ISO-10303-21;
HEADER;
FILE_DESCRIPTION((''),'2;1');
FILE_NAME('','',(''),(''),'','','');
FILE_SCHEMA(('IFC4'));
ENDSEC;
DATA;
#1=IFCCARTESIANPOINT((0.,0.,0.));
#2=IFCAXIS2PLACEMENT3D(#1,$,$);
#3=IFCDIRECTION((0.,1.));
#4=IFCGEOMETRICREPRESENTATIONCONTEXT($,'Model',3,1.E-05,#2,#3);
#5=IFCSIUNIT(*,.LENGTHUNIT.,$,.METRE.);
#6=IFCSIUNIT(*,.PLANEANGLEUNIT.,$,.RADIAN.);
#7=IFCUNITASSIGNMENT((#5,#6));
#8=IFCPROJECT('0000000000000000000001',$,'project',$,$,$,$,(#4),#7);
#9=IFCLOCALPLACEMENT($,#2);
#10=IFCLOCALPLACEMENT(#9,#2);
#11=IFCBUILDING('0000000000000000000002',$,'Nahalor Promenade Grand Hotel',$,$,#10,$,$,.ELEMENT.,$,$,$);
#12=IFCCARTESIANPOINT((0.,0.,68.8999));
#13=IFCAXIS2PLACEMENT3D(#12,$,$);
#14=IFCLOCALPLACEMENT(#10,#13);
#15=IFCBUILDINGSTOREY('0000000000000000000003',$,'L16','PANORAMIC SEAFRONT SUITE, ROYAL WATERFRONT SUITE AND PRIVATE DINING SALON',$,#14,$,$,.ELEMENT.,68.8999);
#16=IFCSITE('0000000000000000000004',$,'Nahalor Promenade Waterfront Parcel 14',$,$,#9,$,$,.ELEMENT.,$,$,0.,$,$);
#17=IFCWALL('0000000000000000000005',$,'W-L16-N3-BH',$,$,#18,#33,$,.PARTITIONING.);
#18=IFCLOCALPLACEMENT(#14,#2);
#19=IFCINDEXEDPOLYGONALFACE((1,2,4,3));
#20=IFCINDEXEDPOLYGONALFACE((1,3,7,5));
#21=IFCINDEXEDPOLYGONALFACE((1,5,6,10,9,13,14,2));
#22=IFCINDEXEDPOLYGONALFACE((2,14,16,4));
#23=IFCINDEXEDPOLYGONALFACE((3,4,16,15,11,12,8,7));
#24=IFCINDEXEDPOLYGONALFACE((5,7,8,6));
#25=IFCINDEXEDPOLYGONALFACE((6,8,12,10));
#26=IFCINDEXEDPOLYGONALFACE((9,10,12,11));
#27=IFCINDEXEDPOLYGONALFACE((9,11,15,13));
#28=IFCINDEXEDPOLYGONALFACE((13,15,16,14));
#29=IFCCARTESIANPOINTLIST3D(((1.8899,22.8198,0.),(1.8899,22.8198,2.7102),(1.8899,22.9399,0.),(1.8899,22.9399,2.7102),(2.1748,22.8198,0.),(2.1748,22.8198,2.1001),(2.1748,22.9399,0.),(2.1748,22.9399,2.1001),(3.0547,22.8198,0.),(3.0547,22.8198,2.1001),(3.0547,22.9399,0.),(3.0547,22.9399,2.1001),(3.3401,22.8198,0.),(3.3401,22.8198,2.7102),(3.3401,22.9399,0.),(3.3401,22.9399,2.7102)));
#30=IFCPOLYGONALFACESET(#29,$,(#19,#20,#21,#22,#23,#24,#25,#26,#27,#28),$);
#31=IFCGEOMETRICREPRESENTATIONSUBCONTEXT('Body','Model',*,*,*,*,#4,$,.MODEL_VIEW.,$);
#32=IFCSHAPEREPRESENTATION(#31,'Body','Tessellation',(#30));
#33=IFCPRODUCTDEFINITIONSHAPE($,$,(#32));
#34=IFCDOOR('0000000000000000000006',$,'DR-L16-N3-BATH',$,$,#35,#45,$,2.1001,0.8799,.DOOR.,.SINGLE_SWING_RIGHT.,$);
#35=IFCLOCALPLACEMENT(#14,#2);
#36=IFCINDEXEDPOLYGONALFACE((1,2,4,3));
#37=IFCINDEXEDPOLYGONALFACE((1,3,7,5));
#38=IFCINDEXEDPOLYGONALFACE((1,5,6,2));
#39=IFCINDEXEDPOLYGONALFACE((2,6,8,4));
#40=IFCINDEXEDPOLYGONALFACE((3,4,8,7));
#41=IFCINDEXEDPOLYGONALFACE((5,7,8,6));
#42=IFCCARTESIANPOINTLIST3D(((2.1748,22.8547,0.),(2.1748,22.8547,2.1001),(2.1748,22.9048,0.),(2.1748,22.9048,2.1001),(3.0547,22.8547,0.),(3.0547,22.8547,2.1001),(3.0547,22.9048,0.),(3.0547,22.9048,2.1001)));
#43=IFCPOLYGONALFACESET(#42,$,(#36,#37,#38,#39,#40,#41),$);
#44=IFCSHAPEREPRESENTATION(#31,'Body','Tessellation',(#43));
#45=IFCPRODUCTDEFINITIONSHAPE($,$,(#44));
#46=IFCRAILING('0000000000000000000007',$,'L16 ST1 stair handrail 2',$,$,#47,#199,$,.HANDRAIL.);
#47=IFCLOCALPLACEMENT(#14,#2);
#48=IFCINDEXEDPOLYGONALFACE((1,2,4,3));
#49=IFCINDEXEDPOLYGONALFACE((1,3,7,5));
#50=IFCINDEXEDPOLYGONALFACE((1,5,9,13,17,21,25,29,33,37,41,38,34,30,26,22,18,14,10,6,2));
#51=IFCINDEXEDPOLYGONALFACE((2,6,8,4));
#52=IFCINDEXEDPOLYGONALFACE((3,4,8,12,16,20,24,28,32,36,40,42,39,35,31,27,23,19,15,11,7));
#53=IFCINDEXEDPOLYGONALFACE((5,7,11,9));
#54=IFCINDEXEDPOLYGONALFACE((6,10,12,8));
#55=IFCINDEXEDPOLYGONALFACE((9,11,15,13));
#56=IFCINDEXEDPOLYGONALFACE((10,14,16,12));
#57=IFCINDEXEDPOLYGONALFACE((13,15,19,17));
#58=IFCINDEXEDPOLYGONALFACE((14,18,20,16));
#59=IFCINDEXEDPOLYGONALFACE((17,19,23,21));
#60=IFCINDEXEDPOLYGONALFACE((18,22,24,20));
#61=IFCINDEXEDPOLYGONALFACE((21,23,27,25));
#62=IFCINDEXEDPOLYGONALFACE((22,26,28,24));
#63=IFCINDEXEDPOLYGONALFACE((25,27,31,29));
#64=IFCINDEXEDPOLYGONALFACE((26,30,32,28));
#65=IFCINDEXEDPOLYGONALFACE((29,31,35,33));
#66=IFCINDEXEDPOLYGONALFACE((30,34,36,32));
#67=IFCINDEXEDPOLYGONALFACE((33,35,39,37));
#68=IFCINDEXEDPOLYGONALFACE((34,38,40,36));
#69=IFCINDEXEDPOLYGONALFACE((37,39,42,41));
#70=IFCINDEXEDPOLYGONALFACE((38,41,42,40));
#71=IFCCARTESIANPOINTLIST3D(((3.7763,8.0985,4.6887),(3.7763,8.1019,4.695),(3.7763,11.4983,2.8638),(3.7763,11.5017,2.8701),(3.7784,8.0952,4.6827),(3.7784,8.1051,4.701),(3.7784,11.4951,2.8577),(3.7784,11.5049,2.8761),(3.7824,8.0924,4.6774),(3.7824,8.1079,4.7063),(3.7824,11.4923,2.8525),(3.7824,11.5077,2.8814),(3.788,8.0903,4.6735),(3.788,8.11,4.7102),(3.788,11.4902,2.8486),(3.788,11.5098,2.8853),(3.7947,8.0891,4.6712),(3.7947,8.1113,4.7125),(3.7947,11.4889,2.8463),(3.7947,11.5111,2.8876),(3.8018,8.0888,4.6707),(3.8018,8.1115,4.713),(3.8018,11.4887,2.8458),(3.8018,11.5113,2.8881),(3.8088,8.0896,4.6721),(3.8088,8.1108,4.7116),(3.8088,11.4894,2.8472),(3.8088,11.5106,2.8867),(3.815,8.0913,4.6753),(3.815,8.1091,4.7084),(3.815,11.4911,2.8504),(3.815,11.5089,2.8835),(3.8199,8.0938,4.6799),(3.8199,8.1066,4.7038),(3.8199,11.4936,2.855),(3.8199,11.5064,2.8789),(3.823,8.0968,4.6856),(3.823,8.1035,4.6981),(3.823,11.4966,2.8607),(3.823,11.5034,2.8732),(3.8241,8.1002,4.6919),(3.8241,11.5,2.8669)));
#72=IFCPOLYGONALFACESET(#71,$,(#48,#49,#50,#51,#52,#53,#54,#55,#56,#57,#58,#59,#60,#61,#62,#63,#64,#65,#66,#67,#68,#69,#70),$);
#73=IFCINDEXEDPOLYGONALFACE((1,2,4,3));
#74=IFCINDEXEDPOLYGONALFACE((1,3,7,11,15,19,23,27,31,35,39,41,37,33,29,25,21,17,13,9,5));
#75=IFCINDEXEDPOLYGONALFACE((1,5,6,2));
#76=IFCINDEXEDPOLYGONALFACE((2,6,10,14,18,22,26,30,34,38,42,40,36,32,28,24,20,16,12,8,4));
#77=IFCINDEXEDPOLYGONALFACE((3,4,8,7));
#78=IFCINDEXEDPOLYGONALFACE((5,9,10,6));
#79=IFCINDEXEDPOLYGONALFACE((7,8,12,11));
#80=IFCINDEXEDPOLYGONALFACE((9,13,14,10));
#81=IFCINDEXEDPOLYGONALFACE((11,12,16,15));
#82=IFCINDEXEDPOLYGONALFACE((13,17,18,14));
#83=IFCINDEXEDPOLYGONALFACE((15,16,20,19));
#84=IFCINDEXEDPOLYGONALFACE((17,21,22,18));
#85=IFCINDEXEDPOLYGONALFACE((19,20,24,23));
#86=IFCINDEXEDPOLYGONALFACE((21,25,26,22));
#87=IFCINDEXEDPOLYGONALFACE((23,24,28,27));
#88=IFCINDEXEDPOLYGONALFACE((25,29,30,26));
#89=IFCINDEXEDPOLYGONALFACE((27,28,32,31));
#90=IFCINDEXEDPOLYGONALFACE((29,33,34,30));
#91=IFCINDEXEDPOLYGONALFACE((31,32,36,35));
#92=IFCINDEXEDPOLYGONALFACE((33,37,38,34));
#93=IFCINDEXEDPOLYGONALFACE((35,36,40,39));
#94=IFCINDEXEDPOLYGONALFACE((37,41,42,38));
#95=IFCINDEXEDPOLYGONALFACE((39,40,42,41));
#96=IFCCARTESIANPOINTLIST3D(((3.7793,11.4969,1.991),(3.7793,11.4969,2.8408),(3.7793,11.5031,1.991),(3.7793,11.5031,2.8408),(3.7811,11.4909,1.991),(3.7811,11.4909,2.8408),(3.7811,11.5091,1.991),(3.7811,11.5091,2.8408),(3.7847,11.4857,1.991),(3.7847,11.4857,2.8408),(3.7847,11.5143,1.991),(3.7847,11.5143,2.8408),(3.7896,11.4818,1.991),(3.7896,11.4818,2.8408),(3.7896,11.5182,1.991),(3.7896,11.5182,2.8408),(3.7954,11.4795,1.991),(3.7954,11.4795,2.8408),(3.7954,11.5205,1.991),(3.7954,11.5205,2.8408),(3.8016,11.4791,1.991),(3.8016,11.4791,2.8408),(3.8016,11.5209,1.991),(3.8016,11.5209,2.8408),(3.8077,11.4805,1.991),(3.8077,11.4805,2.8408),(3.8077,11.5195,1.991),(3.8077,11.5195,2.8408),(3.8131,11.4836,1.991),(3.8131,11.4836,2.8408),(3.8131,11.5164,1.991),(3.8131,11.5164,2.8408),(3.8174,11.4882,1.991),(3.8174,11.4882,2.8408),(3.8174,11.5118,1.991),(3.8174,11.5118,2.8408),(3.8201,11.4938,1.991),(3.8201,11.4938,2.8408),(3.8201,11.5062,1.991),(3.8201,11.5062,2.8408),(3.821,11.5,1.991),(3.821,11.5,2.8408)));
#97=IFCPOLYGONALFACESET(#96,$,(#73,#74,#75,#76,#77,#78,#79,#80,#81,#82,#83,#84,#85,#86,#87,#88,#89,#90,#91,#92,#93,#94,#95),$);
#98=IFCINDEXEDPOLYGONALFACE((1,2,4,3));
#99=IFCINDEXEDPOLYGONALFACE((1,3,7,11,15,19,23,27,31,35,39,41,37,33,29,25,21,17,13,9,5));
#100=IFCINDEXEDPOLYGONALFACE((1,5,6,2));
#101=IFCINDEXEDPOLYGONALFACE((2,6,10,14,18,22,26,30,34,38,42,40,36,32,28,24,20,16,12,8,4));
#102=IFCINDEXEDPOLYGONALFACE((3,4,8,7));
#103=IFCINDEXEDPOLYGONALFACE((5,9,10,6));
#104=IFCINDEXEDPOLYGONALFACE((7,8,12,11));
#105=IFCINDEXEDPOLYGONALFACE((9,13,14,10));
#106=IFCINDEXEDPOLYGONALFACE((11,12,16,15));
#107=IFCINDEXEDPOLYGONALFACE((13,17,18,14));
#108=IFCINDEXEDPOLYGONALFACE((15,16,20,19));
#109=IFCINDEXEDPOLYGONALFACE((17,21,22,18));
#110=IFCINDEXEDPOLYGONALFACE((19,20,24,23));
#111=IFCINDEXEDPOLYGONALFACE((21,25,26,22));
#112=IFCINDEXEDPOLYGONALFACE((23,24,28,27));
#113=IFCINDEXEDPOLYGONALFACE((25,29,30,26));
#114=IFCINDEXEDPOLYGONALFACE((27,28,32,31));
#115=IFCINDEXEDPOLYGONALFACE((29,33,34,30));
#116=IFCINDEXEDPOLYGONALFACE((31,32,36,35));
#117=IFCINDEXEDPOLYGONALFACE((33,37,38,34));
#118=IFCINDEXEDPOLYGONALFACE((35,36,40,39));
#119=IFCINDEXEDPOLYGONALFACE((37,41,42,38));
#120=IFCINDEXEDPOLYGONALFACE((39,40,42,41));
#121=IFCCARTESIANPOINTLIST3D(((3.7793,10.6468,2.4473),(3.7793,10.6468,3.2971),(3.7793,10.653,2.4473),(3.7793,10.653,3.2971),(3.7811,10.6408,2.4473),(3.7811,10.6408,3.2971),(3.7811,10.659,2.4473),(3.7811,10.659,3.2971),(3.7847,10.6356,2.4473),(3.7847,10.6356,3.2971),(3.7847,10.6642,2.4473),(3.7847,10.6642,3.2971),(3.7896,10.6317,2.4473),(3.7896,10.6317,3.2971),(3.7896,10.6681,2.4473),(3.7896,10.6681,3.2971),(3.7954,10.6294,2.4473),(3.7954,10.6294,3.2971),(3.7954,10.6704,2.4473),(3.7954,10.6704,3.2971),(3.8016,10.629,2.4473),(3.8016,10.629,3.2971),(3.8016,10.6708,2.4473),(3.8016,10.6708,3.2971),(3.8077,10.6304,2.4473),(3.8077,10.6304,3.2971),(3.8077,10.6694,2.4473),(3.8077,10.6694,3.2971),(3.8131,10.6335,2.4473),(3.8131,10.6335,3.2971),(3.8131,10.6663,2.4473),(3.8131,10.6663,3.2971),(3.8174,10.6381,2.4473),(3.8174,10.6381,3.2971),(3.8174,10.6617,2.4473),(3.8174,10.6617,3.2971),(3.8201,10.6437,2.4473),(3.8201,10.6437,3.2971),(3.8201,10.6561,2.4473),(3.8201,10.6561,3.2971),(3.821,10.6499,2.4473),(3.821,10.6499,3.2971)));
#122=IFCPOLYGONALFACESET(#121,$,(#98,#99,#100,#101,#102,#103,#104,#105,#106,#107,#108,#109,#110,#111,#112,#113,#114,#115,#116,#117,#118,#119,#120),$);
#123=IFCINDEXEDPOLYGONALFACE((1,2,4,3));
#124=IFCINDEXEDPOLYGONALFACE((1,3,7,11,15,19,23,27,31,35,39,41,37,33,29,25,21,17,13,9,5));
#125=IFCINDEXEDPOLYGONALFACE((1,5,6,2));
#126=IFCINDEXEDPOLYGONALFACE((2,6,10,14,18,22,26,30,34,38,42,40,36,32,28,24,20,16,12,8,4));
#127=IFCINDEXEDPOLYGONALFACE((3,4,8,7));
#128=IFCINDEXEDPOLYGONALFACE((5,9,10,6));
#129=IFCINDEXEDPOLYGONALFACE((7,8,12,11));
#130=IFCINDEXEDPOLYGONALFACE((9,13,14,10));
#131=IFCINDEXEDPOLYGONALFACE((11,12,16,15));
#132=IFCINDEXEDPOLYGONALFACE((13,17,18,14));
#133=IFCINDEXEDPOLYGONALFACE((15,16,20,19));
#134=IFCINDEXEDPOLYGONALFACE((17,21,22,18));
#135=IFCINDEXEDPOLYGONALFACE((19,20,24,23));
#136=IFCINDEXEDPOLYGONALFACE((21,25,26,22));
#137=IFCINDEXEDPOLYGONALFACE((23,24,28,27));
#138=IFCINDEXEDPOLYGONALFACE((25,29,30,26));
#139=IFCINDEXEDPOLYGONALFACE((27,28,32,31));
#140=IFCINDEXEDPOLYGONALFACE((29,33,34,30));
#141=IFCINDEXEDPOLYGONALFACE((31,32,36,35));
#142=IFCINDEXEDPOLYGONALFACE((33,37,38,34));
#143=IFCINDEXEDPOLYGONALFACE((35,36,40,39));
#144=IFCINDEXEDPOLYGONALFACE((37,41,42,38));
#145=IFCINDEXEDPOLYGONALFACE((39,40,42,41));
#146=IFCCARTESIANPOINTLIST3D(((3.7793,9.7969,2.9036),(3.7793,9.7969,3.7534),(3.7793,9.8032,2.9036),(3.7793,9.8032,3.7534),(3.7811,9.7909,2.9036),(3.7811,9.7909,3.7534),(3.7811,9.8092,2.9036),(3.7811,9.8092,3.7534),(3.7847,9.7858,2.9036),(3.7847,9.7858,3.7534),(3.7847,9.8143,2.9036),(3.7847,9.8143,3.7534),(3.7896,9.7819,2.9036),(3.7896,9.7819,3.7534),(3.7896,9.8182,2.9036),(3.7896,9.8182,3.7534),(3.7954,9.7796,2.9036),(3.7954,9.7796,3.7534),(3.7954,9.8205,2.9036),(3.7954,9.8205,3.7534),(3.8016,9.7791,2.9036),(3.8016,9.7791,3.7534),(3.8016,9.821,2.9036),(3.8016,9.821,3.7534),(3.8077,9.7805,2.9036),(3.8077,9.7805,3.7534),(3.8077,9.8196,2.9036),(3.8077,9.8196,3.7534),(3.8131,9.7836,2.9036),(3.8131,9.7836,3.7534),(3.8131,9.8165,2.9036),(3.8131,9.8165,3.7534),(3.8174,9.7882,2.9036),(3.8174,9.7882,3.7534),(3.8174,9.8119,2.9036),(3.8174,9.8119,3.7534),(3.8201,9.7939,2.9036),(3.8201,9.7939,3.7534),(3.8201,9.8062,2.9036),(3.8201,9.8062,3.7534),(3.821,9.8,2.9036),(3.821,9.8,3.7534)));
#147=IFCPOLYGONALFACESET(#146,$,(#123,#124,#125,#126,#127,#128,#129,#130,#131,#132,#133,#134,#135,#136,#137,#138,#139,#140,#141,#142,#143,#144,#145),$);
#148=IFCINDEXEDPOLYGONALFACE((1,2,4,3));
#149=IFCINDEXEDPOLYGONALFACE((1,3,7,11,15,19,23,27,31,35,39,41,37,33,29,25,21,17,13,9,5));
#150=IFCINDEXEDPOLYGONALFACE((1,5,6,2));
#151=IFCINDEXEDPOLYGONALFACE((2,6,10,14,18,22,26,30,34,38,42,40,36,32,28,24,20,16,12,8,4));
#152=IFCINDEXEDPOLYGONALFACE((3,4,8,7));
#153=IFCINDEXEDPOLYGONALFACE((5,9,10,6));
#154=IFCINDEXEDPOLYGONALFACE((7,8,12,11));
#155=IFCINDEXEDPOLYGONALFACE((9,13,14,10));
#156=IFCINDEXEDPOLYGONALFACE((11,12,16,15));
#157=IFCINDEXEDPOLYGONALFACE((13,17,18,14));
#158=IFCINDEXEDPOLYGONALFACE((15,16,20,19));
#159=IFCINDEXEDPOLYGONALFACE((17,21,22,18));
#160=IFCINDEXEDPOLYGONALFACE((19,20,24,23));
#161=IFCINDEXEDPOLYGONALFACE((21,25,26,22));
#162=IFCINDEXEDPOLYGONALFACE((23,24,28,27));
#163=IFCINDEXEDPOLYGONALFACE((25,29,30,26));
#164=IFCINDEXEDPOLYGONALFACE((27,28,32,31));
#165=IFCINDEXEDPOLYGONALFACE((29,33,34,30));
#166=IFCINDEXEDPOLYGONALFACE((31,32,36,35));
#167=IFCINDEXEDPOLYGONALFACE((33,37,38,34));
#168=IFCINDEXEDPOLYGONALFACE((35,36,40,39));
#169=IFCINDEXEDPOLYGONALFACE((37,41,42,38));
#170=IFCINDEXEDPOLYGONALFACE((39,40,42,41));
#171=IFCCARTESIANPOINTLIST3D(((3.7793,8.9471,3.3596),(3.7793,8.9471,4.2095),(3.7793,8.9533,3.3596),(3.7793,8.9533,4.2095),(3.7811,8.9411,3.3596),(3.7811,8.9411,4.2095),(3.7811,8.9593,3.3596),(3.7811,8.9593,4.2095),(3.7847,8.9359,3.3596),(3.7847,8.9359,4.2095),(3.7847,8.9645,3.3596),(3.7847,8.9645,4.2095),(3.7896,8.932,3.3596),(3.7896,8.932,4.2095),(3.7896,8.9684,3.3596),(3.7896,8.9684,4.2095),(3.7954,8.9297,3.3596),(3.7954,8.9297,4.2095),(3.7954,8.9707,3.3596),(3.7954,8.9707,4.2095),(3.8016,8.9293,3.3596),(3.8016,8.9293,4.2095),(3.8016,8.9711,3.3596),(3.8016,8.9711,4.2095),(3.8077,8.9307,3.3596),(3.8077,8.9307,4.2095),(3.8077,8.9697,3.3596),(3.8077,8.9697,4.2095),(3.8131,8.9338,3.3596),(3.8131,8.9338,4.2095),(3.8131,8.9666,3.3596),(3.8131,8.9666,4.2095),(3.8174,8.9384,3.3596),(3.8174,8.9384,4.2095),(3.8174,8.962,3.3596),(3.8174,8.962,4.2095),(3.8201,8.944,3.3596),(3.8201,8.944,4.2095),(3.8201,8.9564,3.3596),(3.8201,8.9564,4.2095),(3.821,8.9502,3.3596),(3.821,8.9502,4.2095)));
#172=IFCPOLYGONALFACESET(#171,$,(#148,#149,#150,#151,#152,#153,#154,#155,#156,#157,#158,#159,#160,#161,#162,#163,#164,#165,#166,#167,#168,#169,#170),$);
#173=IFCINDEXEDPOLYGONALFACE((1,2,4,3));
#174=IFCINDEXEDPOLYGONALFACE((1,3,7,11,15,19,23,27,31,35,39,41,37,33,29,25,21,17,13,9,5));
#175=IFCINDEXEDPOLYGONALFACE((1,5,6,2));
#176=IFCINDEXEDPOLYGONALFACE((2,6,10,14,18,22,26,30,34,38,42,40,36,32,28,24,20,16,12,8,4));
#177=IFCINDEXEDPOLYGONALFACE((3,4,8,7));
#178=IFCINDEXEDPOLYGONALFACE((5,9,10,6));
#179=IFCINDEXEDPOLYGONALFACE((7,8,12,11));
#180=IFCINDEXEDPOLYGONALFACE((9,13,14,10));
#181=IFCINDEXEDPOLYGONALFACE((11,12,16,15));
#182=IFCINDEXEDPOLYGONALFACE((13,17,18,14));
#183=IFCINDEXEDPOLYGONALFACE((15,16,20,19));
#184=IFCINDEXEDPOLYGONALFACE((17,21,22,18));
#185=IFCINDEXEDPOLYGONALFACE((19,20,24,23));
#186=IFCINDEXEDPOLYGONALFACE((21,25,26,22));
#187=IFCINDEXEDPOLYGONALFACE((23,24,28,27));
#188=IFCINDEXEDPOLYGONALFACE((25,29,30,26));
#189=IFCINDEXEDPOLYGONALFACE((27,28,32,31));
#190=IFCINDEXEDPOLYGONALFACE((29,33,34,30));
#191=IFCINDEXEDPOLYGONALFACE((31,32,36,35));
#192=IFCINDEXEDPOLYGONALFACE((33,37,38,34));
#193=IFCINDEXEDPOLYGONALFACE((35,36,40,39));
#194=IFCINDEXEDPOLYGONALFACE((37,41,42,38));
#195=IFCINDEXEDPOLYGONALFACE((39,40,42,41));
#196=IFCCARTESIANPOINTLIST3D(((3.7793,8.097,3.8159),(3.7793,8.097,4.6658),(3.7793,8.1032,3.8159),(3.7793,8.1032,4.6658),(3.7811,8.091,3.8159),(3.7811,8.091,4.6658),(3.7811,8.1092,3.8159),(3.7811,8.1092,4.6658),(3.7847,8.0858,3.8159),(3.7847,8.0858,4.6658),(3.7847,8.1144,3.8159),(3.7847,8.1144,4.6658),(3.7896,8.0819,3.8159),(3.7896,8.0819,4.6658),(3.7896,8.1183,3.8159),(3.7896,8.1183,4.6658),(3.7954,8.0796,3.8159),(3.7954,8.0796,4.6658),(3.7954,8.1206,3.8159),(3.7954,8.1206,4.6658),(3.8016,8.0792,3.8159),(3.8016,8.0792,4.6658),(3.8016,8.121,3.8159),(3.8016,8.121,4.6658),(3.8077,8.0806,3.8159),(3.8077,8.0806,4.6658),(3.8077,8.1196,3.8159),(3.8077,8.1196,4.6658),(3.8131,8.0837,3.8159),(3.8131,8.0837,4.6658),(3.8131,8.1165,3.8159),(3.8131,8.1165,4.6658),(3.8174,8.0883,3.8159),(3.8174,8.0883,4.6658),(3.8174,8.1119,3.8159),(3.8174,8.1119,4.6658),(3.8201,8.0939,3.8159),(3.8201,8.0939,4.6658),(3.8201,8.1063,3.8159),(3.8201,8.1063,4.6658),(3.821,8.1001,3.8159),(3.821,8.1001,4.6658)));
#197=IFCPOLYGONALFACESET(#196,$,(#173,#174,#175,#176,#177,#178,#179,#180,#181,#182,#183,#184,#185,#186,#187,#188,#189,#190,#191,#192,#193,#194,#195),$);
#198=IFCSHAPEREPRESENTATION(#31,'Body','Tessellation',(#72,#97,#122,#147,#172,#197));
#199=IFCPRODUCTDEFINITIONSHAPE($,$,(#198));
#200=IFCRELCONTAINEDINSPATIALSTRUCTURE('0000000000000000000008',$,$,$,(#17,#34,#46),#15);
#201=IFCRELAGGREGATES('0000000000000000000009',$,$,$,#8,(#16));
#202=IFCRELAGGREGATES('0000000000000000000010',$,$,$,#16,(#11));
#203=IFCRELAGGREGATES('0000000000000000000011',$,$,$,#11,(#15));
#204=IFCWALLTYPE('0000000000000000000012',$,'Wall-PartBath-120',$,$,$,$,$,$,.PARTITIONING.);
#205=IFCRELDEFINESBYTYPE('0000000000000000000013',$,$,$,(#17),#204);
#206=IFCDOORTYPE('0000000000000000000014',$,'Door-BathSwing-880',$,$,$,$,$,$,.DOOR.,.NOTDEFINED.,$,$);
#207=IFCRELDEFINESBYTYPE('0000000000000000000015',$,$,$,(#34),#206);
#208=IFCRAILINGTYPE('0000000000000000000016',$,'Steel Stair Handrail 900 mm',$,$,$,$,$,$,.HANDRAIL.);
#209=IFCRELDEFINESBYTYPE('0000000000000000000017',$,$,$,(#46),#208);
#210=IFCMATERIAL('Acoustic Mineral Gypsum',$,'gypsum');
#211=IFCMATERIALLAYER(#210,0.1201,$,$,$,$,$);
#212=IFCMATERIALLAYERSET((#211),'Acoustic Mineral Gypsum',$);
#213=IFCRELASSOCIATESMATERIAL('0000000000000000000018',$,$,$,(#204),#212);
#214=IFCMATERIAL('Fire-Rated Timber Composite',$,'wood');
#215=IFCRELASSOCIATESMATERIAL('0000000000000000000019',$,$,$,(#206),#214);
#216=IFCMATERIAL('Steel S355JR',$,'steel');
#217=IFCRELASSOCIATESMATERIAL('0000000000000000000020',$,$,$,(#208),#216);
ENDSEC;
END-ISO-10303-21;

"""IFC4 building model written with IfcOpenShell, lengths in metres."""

from ifc_helpers import new_model, si_unit, direction, frame, frame_2d, origin, origin_2d, place, context, subcontext, project, spatial, rectangle, circle, extrude, source, transform, mapped, material, layer, layer_set, type_object, element, fill, save


model = new_model("IFC4")

# Units and contexts
model_context = context("Model", 3, precision=1e-05, world=origin(), true_north=direction((0.0, 1.0)))
body_context = subcontext(model_context, "Body", "Model", "MODEL_VIEW")
ifc_project = project(units=[si_unit("LENGTHUNIT", "METRE"), si_unit("PLANEANGLEUNIT", "RADIAN")], contexts=[model_context])

# Site, building, storey
site_placement = place(None, origin())
site = spatial("IfcSite", under=ifc_project, at=site_placement, Name="Nahalor Promenade Waterfront Parcel 14", CompositionType="ELEMENT", RefElevation=0.0)
building_placement = place(site_placement, origin())
building = spatial("IfcBuilding", under=site, at=building_placement, Name="Nahalor Promenade Grand Hotel", CompositionType="ELEMENT")
storey_placement = place(building_placement, frame((0.0, 0.0, 68.8999)))
storey = spatial("IfcBuildingStorey", under=building, at=storey_placement, Name="L16", Description="PANORAMIC SEAFRONT SUITE, ROYAL WATERFRONT SUITE AND PRIVATE DINING SALON", CompositionType="ELEMENT", Elevation=68.8999)

# Shared definitions
ifc_material_1 = material(Name="Steel S355JR", Category="steel")

# Shared definitions
ifc_material_2 = material(Name="Acoustic Mineral Gypsum", Category="gypsum")
ifc_layer_1 = layer(ifc_material_2, 0.1201)
ifc_layer_set_1 = layer_set([ifc_layer_1], Name="Acoustic Mineral Gypsum")
wall_type_1 = type_object("IfcWallType", Name="Wall-PartBath-120", PredefinedType="PARTITIONING", material=ifc_layer_set_1)

# Wall, opening, door
shared_shape_1 = source(origin(), body_context, "Body", "SweptSolid", [
    extrude(rectangle(XDim=1.4502, YDim=0.1201, at=frame_2d((0.7251, 0.0))), origin(), (0.0, 0.0, 1.0), 2.7102),
])
wall_1_placement = place(storey_placement, frame((1.8899, 22.8799, 0.0), z_axis=(0.0, 0.0, 1.0), x_axis=(1.0, 0.0, 0.0)))
wall_1 = element("IfcWall", 1, at=wall_1_placement, inside=storey, type_object=wall_type_1, Name="W-L16-N3-BH", PredefinedType="PARTITIONING", context=body_context, shape_type="MappedRepresentation", body=[
    mapped(shared_shape_1, transform((0.0, 0.0, 0.0), scale=1.0)),
])
opening_1_placement = place(wall_1_placement, frame((0.2849, 0.0, 0.0)))
opening_1 = element("IfcOpeningElement", 2, at=opening_1_placement, cuts=wall_1, PredefinedType="OPENING", context=body_context, shape_type="SweptSolid", body=[
    extrude(rectangle(XDim=0.8799, YDim=2.1001, at=frame_2d((0.4399, 1.05))), frame((0.0, 0.0701, 0.0), z_axis=(0.0, -1.0, 0.0), x_axis=(1.0, 0.0, 0.0)), (0.0, 0.0, 1.0), 0.1401),
])
ifc_material_3 = material(Name="Fire-Rated Timber Composite", Category="wood")
door_type_1 = type_object("IfcDoorType", Name="Door-BathSwing-880", OperationType="NOTDEFINED", PredefinedType="DOOR", material=ifc_material_3)
shared_shape_2 = source(origin(), body_context, "Body", "SweptSolid", [
    extrude(rectangle(XDim=0.8799, YDim=2.1001, at=frame_2d((0.4399, 1.05))), frame((0.0, 0.0249, 0.0), z_axis=(0.0, -1.0, 0.0), x_axis=(1.0, 0.0, 0.0)), (0.0, 0.0, 1.0), 0.05),
])
door_1_placement = place(opening_1_placement, origin())
door_1 = element("IfcDoor", 3, at=door_1_placement, inside=storey, type_object=door_type_1, Name="DR-L16-N3-BATH", OperationType="SINGLE_SWING_RIGHT", OverallHeight=2.1001, OverallWidth=0.8799, PredefinedType="DOOR", context=body_context, shape_type="MappedRepresentation", body=[
    mapped(shared_shape_2, transform((0.0, 0.0, 0.0), scale=1.0)),
])
fill(opening_1, door_1)

# Railing
railing_type_1 = type_object("IfcRailingType", Name="Steel Stair Handrail 900 mm", PredefinedType="HANDRAIL", material=ifc_material_1)
railing_1_placement = place(storey_placement, frame((3.8, 11.5, 1.991)))
element("IfcRailing", 4, at=railing_1_placement, inside=storey, type_object=railing_type_1, Name="L16 ST1 stair handrail 2", PredefinedType="HANDRAIL", context=body_context, shape_type="SweptSolid", body=[
    extrude(circle(Radius=0.024, at=origin_2d()), frame((0.0, 0.0, 0.876), z_axis=(0.0, -0.881094, 0.472941), x_axis=(1.0, 0.0, 0.0)), (0.0, 0.0, 1.0), 3.8586),
    extrude(circle(Radius=0.021, at=origin_2d()), origin(), (0.0, 0.0, 1.0), 0.8499),
    extrude(circle(Radius=0.021, at=origin_2d()), frame((0.0, -0.8501, 0.4563)), (0.0, 0.0, 1.0), 0.8499),
    extrude(circle(Radius=0.021, at=origin_2d()), frame((0.0, -1.7, 0.9126)), (0.0, 0.0, 1.0), 0.8499),
    extrude(circle(Radius=0.021, at=origin_2d()), frame((0.0, -2.5498, 1.3687)), (0.0, 0.0, 1.0), 0.8499),
    extrude(circle(Radius=0.021, at=origin_2d()), frame((0.0, -3.3999, 1.825)), (0.0, 0.0, 1.0), 0.8499),
])

save(model, "model.ifc")
